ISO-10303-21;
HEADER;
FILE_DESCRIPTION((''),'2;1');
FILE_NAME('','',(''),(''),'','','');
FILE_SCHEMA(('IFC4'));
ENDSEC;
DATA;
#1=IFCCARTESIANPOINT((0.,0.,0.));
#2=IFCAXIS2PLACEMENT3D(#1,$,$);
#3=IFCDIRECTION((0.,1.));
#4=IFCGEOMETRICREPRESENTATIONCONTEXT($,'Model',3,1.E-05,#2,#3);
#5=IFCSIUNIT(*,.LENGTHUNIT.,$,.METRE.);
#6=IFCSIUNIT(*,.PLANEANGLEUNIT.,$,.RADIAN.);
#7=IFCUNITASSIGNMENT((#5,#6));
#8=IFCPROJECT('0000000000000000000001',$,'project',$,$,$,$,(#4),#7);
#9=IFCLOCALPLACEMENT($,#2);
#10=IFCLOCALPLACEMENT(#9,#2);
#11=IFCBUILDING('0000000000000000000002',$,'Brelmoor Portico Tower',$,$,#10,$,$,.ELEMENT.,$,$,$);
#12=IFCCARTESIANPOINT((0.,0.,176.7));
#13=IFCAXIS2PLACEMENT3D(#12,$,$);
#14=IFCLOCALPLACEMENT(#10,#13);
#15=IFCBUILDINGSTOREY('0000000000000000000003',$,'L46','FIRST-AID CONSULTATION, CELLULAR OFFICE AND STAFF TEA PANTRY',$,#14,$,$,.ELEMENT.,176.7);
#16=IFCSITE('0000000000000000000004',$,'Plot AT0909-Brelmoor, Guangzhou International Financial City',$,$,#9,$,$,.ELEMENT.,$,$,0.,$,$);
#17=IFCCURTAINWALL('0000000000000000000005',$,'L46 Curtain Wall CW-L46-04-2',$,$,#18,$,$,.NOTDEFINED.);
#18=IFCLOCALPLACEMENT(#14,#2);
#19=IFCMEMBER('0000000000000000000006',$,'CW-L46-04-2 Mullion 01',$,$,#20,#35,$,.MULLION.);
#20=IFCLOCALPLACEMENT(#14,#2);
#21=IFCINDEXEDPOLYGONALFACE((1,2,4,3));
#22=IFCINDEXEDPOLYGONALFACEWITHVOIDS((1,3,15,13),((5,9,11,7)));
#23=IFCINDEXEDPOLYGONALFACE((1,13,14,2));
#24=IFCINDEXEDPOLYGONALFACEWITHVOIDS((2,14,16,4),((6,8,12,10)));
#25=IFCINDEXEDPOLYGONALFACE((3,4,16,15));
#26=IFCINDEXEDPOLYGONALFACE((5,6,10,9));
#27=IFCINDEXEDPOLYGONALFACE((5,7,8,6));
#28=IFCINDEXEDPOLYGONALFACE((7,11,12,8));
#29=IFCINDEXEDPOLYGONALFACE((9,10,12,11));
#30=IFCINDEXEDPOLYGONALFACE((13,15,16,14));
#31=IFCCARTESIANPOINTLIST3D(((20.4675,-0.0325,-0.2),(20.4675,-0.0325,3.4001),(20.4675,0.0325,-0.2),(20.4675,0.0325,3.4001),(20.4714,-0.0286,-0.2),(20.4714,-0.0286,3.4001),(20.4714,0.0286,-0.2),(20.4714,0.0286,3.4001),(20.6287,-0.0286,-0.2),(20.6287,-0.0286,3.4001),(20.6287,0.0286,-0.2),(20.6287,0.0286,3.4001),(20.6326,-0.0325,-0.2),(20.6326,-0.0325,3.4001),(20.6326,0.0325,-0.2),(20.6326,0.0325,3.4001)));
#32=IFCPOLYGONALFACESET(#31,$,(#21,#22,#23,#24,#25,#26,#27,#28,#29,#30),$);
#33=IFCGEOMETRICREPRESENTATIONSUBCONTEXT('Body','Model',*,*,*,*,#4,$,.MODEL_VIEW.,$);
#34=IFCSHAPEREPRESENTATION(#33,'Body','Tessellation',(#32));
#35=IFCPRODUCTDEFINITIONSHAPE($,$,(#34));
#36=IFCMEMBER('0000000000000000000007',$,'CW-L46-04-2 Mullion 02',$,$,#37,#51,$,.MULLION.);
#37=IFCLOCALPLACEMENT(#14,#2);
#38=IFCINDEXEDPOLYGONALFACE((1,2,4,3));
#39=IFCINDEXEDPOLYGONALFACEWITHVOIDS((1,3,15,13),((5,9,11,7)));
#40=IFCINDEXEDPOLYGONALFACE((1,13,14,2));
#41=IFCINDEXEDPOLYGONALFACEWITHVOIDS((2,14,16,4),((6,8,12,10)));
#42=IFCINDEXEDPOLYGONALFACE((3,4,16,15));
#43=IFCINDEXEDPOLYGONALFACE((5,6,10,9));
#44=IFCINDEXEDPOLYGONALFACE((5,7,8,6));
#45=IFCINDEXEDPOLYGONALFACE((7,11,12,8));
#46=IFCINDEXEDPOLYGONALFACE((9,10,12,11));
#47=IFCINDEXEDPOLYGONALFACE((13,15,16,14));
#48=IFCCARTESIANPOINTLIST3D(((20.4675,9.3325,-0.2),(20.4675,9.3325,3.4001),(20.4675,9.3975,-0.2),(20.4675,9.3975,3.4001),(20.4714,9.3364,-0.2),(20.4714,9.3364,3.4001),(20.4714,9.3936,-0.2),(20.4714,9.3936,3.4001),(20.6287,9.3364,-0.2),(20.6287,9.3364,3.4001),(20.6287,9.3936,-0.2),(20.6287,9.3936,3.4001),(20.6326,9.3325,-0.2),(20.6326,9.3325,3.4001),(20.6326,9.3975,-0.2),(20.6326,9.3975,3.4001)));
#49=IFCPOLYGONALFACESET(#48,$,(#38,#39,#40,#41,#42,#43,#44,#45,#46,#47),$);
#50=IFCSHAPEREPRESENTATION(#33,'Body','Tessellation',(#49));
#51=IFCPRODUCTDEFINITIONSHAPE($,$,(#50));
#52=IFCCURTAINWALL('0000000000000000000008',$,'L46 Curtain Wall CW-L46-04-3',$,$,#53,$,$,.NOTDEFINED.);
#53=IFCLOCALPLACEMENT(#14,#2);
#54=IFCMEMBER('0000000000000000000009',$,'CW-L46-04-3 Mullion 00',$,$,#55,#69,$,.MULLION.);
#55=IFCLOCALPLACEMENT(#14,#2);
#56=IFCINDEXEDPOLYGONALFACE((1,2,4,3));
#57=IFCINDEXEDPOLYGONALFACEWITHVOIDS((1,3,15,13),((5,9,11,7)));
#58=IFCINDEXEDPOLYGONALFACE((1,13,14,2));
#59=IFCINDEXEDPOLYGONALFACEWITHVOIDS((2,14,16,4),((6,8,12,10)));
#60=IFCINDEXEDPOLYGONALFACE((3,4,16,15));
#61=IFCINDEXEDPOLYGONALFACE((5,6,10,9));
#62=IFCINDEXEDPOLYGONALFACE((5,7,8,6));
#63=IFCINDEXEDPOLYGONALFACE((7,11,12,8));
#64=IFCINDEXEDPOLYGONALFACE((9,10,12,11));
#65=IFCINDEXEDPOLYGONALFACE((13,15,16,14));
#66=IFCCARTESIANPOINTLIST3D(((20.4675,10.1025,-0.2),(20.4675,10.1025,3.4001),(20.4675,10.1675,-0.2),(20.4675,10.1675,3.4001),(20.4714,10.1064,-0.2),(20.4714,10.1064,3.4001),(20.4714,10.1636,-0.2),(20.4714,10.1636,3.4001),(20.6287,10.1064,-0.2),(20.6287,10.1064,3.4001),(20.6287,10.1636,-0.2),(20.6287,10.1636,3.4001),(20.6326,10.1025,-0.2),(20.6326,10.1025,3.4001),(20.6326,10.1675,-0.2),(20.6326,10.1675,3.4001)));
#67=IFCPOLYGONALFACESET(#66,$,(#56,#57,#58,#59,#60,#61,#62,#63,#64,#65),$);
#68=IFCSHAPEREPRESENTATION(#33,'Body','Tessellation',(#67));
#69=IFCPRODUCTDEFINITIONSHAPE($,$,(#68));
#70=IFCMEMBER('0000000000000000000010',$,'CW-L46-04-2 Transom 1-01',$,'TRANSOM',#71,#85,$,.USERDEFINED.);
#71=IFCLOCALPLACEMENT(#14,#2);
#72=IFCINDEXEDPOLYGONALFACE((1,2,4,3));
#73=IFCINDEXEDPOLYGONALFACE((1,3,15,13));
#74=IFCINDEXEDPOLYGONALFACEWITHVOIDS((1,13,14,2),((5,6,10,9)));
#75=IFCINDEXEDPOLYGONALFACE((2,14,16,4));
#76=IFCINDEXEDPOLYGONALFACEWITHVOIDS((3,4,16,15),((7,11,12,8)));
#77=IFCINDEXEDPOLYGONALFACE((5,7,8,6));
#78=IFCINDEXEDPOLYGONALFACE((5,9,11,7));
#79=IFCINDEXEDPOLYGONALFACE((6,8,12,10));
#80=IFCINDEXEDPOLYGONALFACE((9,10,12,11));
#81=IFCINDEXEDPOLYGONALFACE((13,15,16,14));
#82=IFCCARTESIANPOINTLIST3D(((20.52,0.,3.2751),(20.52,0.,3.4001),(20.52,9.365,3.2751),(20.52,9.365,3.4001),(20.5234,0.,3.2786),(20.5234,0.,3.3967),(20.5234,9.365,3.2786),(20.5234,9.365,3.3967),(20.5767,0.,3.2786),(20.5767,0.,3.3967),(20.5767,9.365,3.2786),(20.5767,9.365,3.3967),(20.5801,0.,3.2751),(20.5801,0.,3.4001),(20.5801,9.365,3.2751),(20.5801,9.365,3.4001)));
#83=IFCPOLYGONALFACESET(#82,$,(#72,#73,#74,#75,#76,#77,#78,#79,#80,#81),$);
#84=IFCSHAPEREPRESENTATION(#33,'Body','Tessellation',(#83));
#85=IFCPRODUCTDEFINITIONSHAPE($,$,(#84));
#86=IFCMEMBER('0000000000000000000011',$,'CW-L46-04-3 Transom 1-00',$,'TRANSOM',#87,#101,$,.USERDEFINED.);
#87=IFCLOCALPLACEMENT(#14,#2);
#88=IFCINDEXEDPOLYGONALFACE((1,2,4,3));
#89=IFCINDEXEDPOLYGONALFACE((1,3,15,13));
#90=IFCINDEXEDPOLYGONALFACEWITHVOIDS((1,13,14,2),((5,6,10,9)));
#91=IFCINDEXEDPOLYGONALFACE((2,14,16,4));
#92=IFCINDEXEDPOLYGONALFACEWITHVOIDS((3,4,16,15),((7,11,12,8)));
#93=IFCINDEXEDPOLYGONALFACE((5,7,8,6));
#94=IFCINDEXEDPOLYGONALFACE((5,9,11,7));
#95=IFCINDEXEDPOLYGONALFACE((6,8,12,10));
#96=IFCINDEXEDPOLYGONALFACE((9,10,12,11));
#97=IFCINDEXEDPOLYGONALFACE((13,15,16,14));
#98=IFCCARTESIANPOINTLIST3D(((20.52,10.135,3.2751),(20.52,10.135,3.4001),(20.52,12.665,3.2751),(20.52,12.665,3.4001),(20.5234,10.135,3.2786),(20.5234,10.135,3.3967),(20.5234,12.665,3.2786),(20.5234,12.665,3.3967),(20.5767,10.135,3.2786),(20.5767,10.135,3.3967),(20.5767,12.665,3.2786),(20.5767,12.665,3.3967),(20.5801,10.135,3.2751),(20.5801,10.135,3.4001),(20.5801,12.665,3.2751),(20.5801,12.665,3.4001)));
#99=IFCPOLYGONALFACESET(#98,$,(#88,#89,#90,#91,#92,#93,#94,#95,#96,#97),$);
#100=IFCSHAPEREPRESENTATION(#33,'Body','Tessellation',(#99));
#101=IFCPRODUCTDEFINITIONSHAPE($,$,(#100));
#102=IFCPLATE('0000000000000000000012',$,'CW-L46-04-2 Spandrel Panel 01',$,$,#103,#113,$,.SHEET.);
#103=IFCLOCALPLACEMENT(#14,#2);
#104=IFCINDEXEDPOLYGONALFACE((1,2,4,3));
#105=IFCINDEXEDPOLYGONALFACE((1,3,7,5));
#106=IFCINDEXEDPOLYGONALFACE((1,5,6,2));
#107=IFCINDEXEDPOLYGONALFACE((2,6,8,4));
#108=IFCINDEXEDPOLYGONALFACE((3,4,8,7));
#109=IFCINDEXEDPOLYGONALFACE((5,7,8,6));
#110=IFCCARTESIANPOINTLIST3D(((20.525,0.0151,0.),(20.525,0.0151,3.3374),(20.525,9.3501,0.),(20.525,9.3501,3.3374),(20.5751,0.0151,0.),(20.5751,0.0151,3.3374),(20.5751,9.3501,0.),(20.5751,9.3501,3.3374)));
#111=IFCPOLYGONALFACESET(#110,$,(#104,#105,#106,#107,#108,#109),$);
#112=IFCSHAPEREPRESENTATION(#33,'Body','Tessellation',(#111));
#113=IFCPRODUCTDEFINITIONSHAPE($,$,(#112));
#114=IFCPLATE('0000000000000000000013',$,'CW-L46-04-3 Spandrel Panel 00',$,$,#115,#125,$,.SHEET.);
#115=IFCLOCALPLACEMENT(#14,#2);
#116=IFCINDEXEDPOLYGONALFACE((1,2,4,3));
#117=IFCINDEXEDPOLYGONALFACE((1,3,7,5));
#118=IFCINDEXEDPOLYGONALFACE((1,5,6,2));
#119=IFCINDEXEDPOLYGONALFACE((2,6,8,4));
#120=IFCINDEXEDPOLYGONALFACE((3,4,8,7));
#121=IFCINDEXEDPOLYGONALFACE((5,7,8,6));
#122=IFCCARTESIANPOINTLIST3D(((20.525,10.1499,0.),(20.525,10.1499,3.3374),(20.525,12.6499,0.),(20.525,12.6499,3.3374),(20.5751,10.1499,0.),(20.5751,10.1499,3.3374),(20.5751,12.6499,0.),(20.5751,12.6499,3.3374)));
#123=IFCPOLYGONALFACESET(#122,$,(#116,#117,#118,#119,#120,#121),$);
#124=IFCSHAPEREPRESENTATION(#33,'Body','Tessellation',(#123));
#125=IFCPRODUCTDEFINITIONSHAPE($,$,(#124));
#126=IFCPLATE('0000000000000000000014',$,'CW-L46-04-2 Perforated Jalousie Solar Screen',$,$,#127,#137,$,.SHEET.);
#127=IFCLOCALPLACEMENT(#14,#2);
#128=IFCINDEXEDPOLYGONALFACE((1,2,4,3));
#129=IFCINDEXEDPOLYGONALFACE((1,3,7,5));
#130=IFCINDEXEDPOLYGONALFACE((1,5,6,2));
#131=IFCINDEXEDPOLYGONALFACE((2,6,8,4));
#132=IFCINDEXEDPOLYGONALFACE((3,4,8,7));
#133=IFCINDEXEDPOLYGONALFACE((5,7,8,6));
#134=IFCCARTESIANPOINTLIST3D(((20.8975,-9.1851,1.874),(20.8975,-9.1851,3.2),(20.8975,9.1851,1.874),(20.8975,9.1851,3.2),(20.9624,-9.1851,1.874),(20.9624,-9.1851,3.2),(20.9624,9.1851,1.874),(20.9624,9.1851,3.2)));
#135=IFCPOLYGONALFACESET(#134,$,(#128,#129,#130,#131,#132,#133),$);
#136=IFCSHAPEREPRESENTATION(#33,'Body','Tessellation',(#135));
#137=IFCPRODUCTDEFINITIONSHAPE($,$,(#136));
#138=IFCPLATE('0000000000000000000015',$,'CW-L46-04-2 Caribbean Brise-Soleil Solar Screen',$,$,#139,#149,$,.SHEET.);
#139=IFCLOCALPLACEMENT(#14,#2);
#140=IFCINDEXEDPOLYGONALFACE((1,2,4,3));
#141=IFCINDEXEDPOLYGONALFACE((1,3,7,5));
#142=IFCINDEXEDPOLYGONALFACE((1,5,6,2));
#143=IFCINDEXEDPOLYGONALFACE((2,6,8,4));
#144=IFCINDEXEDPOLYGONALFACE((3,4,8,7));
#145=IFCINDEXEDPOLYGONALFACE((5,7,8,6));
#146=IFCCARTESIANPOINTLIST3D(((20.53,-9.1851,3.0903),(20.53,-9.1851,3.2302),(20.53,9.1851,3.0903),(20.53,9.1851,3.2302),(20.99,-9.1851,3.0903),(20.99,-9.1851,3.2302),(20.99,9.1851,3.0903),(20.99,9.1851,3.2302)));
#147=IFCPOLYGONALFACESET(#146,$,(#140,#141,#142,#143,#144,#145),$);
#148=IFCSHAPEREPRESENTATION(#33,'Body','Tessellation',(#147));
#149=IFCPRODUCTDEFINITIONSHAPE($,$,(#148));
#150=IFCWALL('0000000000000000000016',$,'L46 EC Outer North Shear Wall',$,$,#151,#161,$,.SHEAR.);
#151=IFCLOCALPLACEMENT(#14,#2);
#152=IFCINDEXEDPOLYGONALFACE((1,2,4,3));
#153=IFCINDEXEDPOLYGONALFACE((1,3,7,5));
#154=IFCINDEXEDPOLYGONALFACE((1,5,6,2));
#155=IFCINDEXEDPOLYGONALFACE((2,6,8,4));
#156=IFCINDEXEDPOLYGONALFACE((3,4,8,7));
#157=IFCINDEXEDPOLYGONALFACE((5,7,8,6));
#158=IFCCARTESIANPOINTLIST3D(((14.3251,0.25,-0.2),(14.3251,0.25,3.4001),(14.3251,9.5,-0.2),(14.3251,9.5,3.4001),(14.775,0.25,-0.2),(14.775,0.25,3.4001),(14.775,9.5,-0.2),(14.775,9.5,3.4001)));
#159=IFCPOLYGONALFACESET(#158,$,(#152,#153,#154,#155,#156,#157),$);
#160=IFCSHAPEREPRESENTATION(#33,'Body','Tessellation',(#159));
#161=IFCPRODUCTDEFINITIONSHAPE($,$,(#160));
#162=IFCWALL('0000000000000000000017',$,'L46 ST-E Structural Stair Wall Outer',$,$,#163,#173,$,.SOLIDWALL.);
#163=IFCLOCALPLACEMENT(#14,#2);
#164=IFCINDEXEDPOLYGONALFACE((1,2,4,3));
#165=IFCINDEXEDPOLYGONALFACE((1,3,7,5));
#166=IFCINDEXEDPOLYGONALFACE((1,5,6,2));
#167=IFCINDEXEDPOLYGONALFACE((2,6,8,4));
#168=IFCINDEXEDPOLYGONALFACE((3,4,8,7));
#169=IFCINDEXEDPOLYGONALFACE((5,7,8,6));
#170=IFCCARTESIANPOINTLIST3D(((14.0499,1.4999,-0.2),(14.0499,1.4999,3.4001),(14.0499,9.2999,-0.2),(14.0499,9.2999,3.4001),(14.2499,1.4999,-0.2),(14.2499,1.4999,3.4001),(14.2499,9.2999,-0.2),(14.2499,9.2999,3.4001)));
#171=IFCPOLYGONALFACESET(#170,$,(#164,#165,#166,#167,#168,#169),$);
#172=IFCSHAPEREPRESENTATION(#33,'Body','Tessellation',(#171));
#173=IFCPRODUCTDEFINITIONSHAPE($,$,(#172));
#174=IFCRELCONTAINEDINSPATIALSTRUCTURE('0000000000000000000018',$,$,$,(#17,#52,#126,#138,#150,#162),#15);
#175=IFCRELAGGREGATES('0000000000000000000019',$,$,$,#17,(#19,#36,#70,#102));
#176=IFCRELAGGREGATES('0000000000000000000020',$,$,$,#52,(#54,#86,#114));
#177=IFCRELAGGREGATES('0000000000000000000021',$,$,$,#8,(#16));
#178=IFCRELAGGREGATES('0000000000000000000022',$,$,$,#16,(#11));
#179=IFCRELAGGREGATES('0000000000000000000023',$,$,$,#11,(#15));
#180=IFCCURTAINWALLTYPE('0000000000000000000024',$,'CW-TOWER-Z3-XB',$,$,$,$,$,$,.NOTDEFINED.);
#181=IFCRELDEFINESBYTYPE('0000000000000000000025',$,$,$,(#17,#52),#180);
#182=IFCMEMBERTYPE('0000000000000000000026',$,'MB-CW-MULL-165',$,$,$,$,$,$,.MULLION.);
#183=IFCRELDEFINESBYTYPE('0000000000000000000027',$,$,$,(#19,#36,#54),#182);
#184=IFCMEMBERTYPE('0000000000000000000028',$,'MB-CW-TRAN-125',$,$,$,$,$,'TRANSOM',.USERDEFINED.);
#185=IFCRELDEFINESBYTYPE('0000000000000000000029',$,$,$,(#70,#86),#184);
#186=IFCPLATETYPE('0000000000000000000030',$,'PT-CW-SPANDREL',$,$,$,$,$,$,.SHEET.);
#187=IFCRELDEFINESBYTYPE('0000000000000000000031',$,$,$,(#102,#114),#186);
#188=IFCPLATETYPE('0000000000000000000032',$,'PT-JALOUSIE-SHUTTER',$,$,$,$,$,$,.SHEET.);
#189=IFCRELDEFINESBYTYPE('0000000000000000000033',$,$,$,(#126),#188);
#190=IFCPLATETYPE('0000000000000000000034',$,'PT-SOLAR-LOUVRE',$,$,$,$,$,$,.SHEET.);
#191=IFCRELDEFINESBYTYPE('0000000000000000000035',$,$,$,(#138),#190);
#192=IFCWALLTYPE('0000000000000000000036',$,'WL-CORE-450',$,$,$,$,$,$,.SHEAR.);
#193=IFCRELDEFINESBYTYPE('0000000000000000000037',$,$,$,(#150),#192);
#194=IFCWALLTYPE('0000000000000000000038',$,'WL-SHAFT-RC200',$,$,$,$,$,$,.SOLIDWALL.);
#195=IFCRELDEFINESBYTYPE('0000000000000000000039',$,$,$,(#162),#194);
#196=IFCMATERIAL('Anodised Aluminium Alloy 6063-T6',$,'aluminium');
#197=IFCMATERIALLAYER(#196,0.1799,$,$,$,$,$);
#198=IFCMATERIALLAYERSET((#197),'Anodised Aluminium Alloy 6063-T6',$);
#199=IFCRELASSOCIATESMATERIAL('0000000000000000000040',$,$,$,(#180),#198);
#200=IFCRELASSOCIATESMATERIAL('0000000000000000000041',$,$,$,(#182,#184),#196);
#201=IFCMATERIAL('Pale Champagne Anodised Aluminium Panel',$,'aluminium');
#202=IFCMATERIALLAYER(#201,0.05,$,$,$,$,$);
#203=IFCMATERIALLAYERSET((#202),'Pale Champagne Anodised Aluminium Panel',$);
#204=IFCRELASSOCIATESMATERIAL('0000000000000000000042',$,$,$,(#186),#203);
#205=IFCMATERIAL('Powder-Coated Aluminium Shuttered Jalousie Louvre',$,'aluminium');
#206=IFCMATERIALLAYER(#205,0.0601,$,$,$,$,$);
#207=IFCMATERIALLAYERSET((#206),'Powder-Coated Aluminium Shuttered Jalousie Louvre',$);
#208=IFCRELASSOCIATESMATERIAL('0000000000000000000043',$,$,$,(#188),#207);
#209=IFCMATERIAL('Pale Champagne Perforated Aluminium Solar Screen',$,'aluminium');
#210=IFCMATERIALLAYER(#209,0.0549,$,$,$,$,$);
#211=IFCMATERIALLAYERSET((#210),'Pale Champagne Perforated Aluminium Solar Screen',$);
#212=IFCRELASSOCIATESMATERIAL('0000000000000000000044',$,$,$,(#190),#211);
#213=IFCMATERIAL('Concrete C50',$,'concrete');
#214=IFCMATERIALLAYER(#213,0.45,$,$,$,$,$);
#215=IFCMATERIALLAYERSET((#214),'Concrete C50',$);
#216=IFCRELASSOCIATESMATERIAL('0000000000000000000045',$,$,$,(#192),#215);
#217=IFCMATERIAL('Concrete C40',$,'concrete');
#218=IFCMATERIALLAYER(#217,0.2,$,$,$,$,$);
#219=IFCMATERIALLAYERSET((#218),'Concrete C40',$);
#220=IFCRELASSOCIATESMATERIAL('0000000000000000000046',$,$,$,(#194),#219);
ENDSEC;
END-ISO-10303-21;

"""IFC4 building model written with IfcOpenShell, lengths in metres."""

from ifc_helpers import new_model, si_unit, direction, frame, frame_2d, origin, origin_2d, place, context, subcontext, project, spatial, rectangle, hollow_rectangle, extrude, material, layer, layer_set, material_profile, profile_set, type_object, element, aggregate, save


model = new_model("IFC4")

# Units and contexts
model_context = context("Model", 3, precision=1e-05, world=origin(), true_north=direction((0.0, 1.0)))
body_context = subcontext(model_context, "Body", "Model", "MODEL_VIEW")
ifc_project = project(units=[si_unit("LENGTHUNIT", "METRE"), si_unit("PLANEANGLEUNIT", "RADIAN")], contexts=[model_context])

# Site, building, storey
site_placement = place(None, origin())
site = spatial("IfcSite", under=ifc_project, at=site_placement, Name="Plot AT0909-Brelmoor, Guangzhou International Financial City", CompositionType="ELEMENT", RefElevation=0.0)
building_placement = place(site_placement, origin())
building = spatial("IfcBuilding", under=site, at=building_placement, Name="Brelmoor Portico Tower", CompositionType="ELEMENT")
storey_placement = place(building_placement, frame((0.0, 0.0, 176.7)))
storey = spatial("IfcBuildingStorey", under=building, at=storey_placement, Name="L46", Description="FIRST-AID CONSULTATION, CELLULAR OFFICE AND STAFF TEA PANTRY", CompositionType="ELEMENT", Elevation=176.7)

# Curtain wall, members
ifc_material_1 = material(Name="Anodised Aluminium Alloy 6063-T6", Category="aluminium")
ifc_layer_1 = layer(ifc_material_1, 0.1799)
ifc_layer_set_1 = layer_set([ifc_layer_1], Name="Anodised Aluminium Alloy 6063-T6")
curtain_wall_type = type_object("IfcCurtainWallType", Name="CW-TOWER-Z3-XB", PredefinedType="NOTDEFINED", material=ifc_layer_set_1)
curtain_wall_1_placement = place(storey_placement, origin())
curtain_wall_1 = element("IfcCurtainWall", 1, at=curtain_wall_1_placement, inside=storey, type_object=curtain_wall_type, Name="L46 Curtain Wall CW-L46-04-2", PredefinedType="NOTDEFINED")
ifc_material_profile_1 = material_profile(ifc_material_1, hollow_rectangle(XDim=0.0649, YDim=0.165, WallThickness=0.0039, at=origin_2d()), Name="ALU MULLION 65x165")
ifc_profile_set_1 = profile_set([ifc_material_profile_1], Name="Anodised Aluminium Alloy 6063-T6")
member_type_1 = type_object("IfcMemberType", Name="MB-CW-MULL-165", PredefinedType="MULLION", material=ifc_profile_set_1)
member_1_placement = place(storey_placement, frame((20.55, 0.0, -0.2), z_axis=(0.0, 0.0, 1.0), x_axis=(0.0, 1.0, 0.0)))
member_1 = element("IfcMember", 2, at=member_1_placement, type_object=member_type_1, Name="CW-L46-04-2 Mullion 01", PredefinedType="MULLION", context=body_context, shape_type="SweptSolid", body=[
    extrude(hollow_rectangle(XDim=0.0649, YDim=0.165, WallThickness=0.0039, at=origin_2d()), origin(), (0.0, 0.0, 1.0), 3.6001),
])
member_2_placement = place(storey_placement, frame((20.55, 9.365, -0.2), z_axis=(0.0, 0.0, 1.0), x_axis=(0.0, 1.0, 0.0)))
member_2 = element("IfcMember", 3, at=member_2_placement, type_object=member_type_1, Name="CW-L46-04-2 Mullion 02", PredefinedType="MULLION", context=body_context, shape_type="SweptSolid", body=[
    extrude(hollow_rectangle(XDim=0.0649, YDim=0.165, WallThickness=0.0039, at=origin_2d()), origin(), (0.0, 0.0, 1.0), 3.6001),
])

# Curtain wall, member
curtain_wall_2_placement = place(storey_placement, origin())
curtain_wall_2 = element("IfcCurtainWall", 4, at=curtain_wall_2_placement, inside=storey, type_object=curtain_wall_type, Name="L46 Curtain Wall CW-L46-04-3", PredefinedType="NOTDEFINED")
member_3_placement = place(storey_placement, frame((20.55, 10.135, -0.2), z_axis=(0.0, 0.0, 1.0), x_axis=(0.0, 1.0, 0.0)))
member_3 = element("IfcMember", 5, at=member_3_placement, type_object=member_type_1, Name="CW-L46-04-3 Mullion 00", PredefinedType="MULLION", context=body_context, shape_type="SweptSolid", body=[
    extrude(hollow_rectangle(XDim=0.0649, YDim=0.165, WallThickness=0.0039, at=origin_2d()), origin(), (0.0, 0.0, 1.0), 3.6001),
])

# Members
ifc_material_profile_2 = material_profile(ifc_material_1, hollow_rectangle(XDim=0.0601, YDim=0.125, WallThickness=0.0034, at=origin_2d()), Name="ALU TRANSOM 60x125")
ifc_profile_set_2 = profile_set([ifc_material_profile_2], Name="Anodised Aluminium Alloy 6063-T6")
member_type_2 = type_object("IfcMemberType", Name="MB-CW-TRAN-125", ElementType="TRANSOM", PredefinedType="USERDEFINED", material=ifc_profile_set_2)
member_4_placement = place(storey_placement, frame((20.55, 0.0, 3.3376), z_axis=(0.0, 1.0, 0.0), x_axis=(-1.0, 0.0, 0.0)))
member_4 = element("IfcMember", 6, at=member_4_placement, type_object=member_type_2, Name="CW-L46-04-2 Transom 1-01", ObjectType="TRANSOM", PredefinedType="USERDEFINED", context=body_context, shape_type="SweptSolid", body=[
    extrude(hollow_rectangle(XDim=0.0601, YDim=0.125, WallThickness=0.0034, at=origin_2d()), origin(), (0.0, 0.0, 1.0), 9.365),
])
member_5_placement = place(storey_placement, frame((20.55, 10.135, 3.3376), z_axis=(0.0, 1.0, 0.0), x_axis=(-1.0, 0.0, 0.0)))
member_5 = element("IfcMember", 7, at=member_5_placement, type_object=member_type_2, Name="CW-L46-04-3 Transom 1-00", ObjectType="TRANSOM", PredefinedType="USERDEFINED", context=body_context, shape_type="SweptSolid", body=[
    extrude(hollow_rectangle(XDim=0.0601, YDim=0.125, WallThickness=0.0034, at=origin_2d()), origin(), (0.0, 0.0, 1.0), 2.53),
])

# Plates
ifc_material_2 = material(Name="Pale Champagne Anodised Aluminium Panel", Category="aluminium")
ifc_layer_2 = layer(ifc_material_2, 0.05)
ifc_layer_set_2 = layer_set([ifc_layer_2], Name="Pale Champagne Anodised Aluminium Panel")
plate_type_1 = type_object("IfcPlateType", Name="PT-CW-SPANDREL", PredefinedType="SHEET", material=ifc_layer_set_2)
plate_1_placement = place(storey_placement, frame((20.55, 4.6826, 0.0), z_axis=(0.0, 0.0, 1.0), x_axis=(0.0, 1.0, 0.0)))
plate_1 = element("IfcPlate", 8, at=plate_1_placement, type_object=plate_type_1, Name="CW-L46-04-2 Spandrel Panel 01", PredefinedType="SHEET", context=body_context, shape_type="SweptSolid", body=[
    extrude(rectangle(XDim=9.335, YDim=0.05, at=origin_2d()), origin(), (0.0, 0.0, 1.0), 3.3374),
])
aggregate(curtain_wall_1, [member_1, member_2, member_4, plate_1])
plate_2_placement = place(storey_placement, frame((20.55, 11.3999, 0.0), z_axis=(0.0, 0.0, 1.0), x_axis=(0.0, 1.0, 0.0)))
plate_2 = element("IfcPlate", 9, at=plate_2_placement, type_object=plate_type_1, Name="CW-L46-04-3 Spandrel Panel 00", PredefinedType="SHEET", context=body_context, shape_type="SweptSolid", body=[
    extrude(rectangle(XDim=2.5, YDim=0.05, at=origin_2d()), origin(), (0.0, 0.0, 1.0), 3.3374),
])
aggregate(curtain_wall_2, [member_3, member_5, plate_2])

# Plates
ifc_material_3 = material(Name="Powder-Coated Aluminium Shuttered Jalousie Louvre", Category="aluminium")
ifc_layer_3 = layer(ifc_material_3, 0.0601)
ifc_layer_set_3 = layer_set([ifc_layer_3], Name="Powder-Coated Aluminium Shuttered Jalousie Louvre")
plate_type_2 = type_object("IfcPlateType", Name="PT-JALOUSIE-SHUTTER", PredefinedType="SHEET", material=ifc_layer_set_3)
plate_3_placement = place(storey_placement, frame((20.9299, 0.0, 1.874), z_axis=(0.0, 0.0, 1.0), x_axis=(0.0, 1.0, 0.0)))
element("IfcPlate", 10, at=plate_3_placement, inside=storey, type_object=plate_type_2, Name="CW-L46-04-2 Perforated Jalousie Solar Screen", PredefinedType="SHEET", context=body_context, shape_type="SweptSolid", body=[
    extrude(rectangle(XDim=18.3701, YDim=0.0649, at=origin_2d()), origin(), (0.0, 0.0, 1.0), 1.3259),
])
ifc_material_4 = material(Name="Pale Champagne Perforated Aluminium Solar Screen", Category="aluminium")
ifc_layer_4 = layer(ifc_material_4, 0.0549)
ifc_layer_set_4 = layer_set([ifc_layer_4], Name="Pale Champagne Perforated Aluminium Solar Screen")
plate_type_3 = type_object("IfcPlateType", Name="PT-SOLAR-LOUVRE", PredefinedType="SHEET", material=ifc_layer_set_4)
plate_4_placement = place(storey_placement, frame((20.76, 0.0, 3.0903), z_axis=(0.0, 0.0, 1.0), x_axis=(0.0, 1.0, 0.0)))
element("IfcPlate", 11, at=plate_4_placement, inside=storey, type_object=plate_type_3, Name="CW-L46-04-2 Caribbean Brise-Soleil Solar Screen", PredefinedType="SHEET", context=body_context, shape_type="SweptSolid", body=[
    extrude(rectangle(XDim=18.3701, YDim=0.46, at=origin_2d()), origin(), (0.0, 0.0, 1.0), 0.1399),
])

# Walls
ifc_material_5 = material(Name="Concrete C50", Category="concrete")
ifc_layer_5 = layer(ifc_material_5, 0.45)
ifc_layer_set_5 = layer_set([ifc_layer_5], Name="Concrete C50")
wall_type_1 = type_object("IfcWallType", Name="WL-CORE-450", PredefinedType="SHEAR", material=ifc_layer_set_5)
wall_1_placement = place(storey_placement, frame((14.55, 0.25, -0.2), z_axis=(0.0, 0.0, 1.0), x_axis=(0.0, 1.0, 0.0)))
element("IfcWall", 12, at=wall_1_placement, inside=storey, type_object=wall_type_1, Name="L46 EC Outer North Shear Wall", PredefinedType="SHEAR", context=body_context, shape_type="SweptSolid", body=[
    extrude(rectangle(XDim=9.25, YDim=0.45, at=frame_2d((4.625, 0.0))), origin(), (0.0, 0.0, 1.0), 3.6001),
])
ifc_material_6 = material(Name="Concrete C40", Category="concrete")
ifc_layer_6 = layer(ifc_material_6, 0.2)
ifc_layer_set_6 = layer_set([ifc_layer_6], Name="Concrete C40")
wall_type_2 = type_object("IfcWallType", Name="WL-SHAFT-RC200", PredefinedType="SOLIDWALL", material=ifc_layer_set_6)
wall_2_placement = place(storey_placement, frame((14.1499, 1.5, -0.2), z_axis=(0.0, 0.0, 1.0), x_axis=(0.0, 1.0, 0.0)))
element("IfcWall", 13, at=wall_2_placement, inside=storey, type_object=wall_type_2, Name="L46 ST-E Structural Stair Wall Outer", PredefinedType="SOLIDWALL", context=body_context, shape_type="SweptSolid", body=[
    extrude(rectangle(XDim=7.8, YDim=0.2, at=frame_2d((3.8999, 0.0))), origin(), (0.0, 0.0, 1.0), 3.6001),
])

save(model, "model.ifc")
